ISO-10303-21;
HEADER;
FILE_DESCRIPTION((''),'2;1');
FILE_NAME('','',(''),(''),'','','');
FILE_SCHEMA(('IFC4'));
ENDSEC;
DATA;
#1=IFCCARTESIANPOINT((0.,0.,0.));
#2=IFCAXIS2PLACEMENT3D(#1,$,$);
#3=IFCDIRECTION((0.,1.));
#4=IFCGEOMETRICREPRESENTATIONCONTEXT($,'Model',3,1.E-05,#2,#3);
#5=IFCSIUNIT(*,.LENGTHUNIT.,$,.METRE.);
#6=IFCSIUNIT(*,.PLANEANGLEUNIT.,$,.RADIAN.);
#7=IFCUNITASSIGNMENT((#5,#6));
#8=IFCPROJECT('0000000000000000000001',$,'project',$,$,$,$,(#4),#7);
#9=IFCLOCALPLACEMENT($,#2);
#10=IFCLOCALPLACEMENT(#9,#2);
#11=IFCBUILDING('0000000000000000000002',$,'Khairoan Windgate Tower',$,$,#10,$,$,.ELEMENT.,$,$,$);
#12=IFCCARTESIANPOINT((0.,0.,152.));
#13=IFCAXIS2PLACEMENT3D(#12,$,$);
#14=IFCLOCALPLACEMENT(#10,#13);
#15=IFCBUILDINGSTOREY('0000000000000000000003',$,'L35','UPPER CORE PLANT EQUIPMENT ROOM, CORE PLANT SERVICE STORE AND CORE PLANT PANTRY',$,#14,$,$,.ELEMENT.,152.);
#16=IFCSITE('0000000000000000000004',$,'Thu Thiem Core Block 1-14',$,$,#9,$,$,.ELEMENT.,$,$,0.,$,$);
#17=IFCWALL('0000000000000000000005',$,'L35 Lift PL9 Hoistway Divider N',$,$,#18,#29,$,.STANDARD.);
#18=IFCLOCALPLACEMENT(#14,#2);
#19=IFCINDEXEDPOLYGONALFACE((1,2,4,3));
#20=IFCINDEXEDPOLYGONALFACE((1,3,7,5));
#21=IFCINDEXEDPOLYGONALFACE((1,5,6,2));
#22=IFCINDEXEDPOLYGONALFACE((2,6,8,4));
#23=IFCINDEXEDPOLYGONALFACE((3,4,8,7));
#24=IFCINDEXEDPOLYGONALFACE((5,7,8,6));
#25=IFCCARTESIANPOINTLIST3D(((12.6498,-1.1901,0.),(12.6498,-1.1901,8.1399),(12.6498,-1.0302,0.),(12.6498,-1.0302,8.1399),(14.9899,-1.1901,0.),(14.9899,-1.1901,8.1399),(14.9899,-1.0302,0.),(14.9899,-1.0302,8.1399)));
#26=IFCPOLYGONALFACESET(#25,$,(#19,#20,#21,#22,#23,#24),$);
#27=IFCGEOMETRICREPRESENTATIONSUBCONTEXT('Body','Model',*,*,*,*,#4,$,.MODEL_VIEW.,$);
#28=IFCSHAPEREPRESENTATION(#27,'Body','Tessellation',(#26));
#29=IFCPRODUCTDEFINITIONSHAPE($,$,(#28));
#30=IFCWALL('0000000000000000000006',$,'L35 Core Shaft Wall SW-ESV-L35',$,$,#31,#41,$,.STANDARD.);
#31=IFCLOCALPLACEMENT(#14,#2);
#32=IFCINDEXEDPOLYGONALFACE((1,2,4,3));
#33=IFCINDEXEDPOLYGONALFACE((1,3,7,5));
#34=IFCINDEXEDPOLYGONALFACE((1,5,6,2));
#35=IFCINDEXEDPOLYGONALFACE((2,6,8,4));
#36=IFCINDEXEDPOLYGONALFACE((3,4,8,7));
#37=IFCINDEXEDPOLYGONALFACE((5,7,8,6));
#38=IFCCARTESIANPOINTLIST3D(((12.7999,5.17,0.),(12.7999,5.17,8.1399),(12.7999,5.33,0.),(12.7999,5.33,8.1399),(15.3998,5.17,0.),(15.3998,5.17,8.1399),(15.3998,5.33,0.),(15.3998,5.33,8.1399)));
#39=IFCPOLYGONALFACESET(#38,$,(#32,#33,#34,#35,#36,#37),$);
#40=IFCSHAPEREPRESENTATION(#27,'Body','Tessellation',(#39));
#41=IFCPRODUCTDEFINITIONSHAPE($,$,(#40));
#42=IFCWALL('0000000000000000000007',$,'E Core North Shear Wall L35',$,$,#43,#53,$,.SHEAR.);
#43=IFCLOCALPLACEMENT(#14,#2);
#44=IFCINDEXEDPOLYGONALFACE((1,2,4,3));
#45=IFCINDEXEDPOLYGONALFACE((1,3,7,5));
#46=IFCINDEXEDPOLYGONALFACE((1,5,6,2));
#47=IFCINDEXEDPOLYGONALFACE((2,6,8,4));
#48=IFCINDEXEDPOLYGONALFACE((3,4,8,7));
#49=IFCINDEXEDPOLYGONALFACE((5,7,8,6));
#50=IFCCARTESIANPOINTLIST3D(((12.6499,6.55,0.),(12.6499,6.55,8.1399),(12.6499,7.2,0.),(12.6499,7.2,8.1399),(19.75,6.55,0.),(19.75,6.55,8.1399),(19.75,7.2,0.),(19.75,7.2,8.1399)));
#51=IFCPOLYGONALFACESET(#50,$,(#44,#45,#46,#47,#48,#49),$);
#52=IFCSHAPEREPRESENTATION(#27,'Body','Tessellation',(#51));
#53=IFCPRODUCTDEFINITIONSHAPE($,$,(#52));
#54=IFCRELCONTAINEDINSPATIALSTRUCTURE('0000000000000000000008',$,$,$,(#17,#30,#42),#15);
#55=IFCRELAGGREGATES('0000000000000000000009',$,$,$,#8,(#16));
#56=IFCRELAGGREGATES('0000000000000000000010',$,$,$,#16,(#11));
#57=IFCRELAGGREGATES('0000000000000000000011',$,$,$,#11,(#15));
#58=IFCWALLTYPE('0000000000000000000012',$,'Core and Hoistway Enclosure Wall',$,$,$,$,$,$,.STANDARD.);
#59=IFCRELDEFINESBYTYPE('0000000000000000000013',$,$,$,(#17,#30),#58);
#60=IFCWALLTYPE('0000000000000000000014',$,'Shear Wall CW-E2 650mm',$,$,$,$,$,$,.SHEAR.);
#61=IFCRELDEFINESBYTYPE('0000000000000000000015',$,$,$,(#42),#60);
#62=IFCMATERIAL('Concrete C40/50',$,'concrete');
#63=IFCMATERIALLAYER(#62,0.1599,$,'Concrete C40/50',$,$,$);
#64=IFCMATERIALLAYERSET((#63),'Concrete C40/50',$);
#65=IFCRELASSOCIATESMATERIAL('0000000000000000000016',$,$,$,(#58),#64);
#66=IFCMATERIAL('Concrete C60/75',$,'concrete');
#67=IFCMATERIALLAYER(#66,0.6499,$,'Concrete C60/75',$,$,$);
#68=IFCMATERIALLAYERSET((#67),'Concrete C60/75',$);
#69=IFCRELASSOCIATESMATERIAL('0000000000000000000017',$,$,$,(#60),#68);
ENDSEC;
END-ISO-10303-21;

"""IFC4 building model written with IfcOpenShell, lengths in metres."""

from ifc_helpers import new_model, si_unit, direction, frame, frame_2d, origin, place, context, subcontext, project, spatial, rectangle, extrude, material, layer, layer_set, type_object, element, save


model = new_model("IFC4")

# Units and contexts
model_context = context("Model", 3, precision=1e-05, world=origin(), true_north=direction((0.0, 1.0)))
body_context = subcontext(model_context, "Body", "Model", "MODEL_VIEW")
ifc_project = project(units=[si_unit("LENGTHUNIT", "METRE"), si_unit("PLANEANGLEUNIT", "RADIAN")], contexts=[model_context])

# Site, building, storey
site_placement = place(None, origin())
site = spatial("IfcSite", under=ifc_project, at=site_placement, Name="Thu Thiem Core Block 1-14", CompositionType="ELEMENT", RefElevation=0.0)
building_placement = place(site_placement, origin())
building = spatial("IfcBuilding", under=site, at=building_placement, Name="Khairoan Windgate Tower", CompositionType="ELEMENT")
storey_placement = place(building_placement, frame((0.0, 0.0, 152.0)))
storey = spatial("IfcBuildingStorey", under=building, at=storey_placement, Name="L35", Description="UPPER CORE PLANT EQUIPMENT ROOM, CORE PLANT SERVICE STORE AND CORE PLANT PANTRY", CompositionType="ELEMENT", Elevation=152.0)

# Walls
ifc_material_1 = material(Name="Concrete C40/50", Category="concrete")
ifc_layer_1 = layer(ifc_material_1, 0.1599, Name="Concrete C40/50")
ifc_layer_set_1 = layer_set([ifc_layer_1], Name="Concrete C40/50")
wall_type_1 = type_object("IfcWallType", Name="Core and Hoistway Enclosure Wall", PredefinedType="STANDARD", material=ifc_layer_set_1)
for number, where, z_axis, x_axis, name in (
    (1, (12.6499, -1.1101, 0.0), (0.0, 0.0, 1.0), (1.0, 0.0, 0.0), "L35 Lift PL9 Hoistway Divider N"),
):
    element("IfcWall", number, at=place(storey_placement, frame(where, z_axis=z_axis, x_axis=x_axis)), inside=storey, type_object=wall_type_1, Name=name, PredefinedType="STANDARD", context=body_context, shape_type="SweptSolid", body=[
        extrude(rectangle(XDim=2.3401, YDim=0.1599, at=frame_2d((1.1699, 0.0))), origin(), (0.0, 0.0, 1.0), 8.1399),
    ])
wall_1_placement = place(storey_placement, frame((12.8, 5.25, 0.0), z_axis=(0.0, 0.0, 1.0), x_axis=(1.0, 0.0, 0.0)))
element("IfcWall", 2, at=wall_1_placement, inside=storey, type_object=wall_type_1, Name="L35 Core Shaft Wall SW-ESV-L35", PredefinedType="STANDARD", context=body_context, shape_type="SweptSolid", body=[
    extrude(rectangle(XDim=2.5999, YDim=0.1599, at=frame_2d((1.2998, 0.0))), origin(), (0.0, 0.0, 1.0), 8.1399),
])
ifc_material_2 = material(Name="Concrete C60/75", Category="concrete")
ifc_layer_2 = layer(ifc_material_2, 0.6499, Name="Concrete C60/75")
ifc_layer_set_2 = layer_set([ifc_layer_2], Name="Concrete C60/75")
wall_type_2 = type_object("IfcWallType", Name="Shear Wall CW-E2 650mm", PredefinedType="SHEAR", material=ifc_layer_set_2)
wall_2_placement = place(storey_placement, frame((12.6499, 6.875, 0.0), z_axis=(0.0, 0.0, 1.0), x_axis=(1.0, 0.0, 0.0)))
element("IfcWall", 3, at=wall_2_placement, inside=storey, type_object=wall_type_2, Name="E Core North Shear Wall L35", PredefinedType="SHEAR", context=body_context, shape_type="SweptSolid", body=[
    extrude(rectangle(XDim=7.1001, YDim=0.6499, at=frame_2d((3.55, 0.0))), origin(), (0.0, 0.0, 1.0), 8.1399),
])

save(model, "model.ifc")
